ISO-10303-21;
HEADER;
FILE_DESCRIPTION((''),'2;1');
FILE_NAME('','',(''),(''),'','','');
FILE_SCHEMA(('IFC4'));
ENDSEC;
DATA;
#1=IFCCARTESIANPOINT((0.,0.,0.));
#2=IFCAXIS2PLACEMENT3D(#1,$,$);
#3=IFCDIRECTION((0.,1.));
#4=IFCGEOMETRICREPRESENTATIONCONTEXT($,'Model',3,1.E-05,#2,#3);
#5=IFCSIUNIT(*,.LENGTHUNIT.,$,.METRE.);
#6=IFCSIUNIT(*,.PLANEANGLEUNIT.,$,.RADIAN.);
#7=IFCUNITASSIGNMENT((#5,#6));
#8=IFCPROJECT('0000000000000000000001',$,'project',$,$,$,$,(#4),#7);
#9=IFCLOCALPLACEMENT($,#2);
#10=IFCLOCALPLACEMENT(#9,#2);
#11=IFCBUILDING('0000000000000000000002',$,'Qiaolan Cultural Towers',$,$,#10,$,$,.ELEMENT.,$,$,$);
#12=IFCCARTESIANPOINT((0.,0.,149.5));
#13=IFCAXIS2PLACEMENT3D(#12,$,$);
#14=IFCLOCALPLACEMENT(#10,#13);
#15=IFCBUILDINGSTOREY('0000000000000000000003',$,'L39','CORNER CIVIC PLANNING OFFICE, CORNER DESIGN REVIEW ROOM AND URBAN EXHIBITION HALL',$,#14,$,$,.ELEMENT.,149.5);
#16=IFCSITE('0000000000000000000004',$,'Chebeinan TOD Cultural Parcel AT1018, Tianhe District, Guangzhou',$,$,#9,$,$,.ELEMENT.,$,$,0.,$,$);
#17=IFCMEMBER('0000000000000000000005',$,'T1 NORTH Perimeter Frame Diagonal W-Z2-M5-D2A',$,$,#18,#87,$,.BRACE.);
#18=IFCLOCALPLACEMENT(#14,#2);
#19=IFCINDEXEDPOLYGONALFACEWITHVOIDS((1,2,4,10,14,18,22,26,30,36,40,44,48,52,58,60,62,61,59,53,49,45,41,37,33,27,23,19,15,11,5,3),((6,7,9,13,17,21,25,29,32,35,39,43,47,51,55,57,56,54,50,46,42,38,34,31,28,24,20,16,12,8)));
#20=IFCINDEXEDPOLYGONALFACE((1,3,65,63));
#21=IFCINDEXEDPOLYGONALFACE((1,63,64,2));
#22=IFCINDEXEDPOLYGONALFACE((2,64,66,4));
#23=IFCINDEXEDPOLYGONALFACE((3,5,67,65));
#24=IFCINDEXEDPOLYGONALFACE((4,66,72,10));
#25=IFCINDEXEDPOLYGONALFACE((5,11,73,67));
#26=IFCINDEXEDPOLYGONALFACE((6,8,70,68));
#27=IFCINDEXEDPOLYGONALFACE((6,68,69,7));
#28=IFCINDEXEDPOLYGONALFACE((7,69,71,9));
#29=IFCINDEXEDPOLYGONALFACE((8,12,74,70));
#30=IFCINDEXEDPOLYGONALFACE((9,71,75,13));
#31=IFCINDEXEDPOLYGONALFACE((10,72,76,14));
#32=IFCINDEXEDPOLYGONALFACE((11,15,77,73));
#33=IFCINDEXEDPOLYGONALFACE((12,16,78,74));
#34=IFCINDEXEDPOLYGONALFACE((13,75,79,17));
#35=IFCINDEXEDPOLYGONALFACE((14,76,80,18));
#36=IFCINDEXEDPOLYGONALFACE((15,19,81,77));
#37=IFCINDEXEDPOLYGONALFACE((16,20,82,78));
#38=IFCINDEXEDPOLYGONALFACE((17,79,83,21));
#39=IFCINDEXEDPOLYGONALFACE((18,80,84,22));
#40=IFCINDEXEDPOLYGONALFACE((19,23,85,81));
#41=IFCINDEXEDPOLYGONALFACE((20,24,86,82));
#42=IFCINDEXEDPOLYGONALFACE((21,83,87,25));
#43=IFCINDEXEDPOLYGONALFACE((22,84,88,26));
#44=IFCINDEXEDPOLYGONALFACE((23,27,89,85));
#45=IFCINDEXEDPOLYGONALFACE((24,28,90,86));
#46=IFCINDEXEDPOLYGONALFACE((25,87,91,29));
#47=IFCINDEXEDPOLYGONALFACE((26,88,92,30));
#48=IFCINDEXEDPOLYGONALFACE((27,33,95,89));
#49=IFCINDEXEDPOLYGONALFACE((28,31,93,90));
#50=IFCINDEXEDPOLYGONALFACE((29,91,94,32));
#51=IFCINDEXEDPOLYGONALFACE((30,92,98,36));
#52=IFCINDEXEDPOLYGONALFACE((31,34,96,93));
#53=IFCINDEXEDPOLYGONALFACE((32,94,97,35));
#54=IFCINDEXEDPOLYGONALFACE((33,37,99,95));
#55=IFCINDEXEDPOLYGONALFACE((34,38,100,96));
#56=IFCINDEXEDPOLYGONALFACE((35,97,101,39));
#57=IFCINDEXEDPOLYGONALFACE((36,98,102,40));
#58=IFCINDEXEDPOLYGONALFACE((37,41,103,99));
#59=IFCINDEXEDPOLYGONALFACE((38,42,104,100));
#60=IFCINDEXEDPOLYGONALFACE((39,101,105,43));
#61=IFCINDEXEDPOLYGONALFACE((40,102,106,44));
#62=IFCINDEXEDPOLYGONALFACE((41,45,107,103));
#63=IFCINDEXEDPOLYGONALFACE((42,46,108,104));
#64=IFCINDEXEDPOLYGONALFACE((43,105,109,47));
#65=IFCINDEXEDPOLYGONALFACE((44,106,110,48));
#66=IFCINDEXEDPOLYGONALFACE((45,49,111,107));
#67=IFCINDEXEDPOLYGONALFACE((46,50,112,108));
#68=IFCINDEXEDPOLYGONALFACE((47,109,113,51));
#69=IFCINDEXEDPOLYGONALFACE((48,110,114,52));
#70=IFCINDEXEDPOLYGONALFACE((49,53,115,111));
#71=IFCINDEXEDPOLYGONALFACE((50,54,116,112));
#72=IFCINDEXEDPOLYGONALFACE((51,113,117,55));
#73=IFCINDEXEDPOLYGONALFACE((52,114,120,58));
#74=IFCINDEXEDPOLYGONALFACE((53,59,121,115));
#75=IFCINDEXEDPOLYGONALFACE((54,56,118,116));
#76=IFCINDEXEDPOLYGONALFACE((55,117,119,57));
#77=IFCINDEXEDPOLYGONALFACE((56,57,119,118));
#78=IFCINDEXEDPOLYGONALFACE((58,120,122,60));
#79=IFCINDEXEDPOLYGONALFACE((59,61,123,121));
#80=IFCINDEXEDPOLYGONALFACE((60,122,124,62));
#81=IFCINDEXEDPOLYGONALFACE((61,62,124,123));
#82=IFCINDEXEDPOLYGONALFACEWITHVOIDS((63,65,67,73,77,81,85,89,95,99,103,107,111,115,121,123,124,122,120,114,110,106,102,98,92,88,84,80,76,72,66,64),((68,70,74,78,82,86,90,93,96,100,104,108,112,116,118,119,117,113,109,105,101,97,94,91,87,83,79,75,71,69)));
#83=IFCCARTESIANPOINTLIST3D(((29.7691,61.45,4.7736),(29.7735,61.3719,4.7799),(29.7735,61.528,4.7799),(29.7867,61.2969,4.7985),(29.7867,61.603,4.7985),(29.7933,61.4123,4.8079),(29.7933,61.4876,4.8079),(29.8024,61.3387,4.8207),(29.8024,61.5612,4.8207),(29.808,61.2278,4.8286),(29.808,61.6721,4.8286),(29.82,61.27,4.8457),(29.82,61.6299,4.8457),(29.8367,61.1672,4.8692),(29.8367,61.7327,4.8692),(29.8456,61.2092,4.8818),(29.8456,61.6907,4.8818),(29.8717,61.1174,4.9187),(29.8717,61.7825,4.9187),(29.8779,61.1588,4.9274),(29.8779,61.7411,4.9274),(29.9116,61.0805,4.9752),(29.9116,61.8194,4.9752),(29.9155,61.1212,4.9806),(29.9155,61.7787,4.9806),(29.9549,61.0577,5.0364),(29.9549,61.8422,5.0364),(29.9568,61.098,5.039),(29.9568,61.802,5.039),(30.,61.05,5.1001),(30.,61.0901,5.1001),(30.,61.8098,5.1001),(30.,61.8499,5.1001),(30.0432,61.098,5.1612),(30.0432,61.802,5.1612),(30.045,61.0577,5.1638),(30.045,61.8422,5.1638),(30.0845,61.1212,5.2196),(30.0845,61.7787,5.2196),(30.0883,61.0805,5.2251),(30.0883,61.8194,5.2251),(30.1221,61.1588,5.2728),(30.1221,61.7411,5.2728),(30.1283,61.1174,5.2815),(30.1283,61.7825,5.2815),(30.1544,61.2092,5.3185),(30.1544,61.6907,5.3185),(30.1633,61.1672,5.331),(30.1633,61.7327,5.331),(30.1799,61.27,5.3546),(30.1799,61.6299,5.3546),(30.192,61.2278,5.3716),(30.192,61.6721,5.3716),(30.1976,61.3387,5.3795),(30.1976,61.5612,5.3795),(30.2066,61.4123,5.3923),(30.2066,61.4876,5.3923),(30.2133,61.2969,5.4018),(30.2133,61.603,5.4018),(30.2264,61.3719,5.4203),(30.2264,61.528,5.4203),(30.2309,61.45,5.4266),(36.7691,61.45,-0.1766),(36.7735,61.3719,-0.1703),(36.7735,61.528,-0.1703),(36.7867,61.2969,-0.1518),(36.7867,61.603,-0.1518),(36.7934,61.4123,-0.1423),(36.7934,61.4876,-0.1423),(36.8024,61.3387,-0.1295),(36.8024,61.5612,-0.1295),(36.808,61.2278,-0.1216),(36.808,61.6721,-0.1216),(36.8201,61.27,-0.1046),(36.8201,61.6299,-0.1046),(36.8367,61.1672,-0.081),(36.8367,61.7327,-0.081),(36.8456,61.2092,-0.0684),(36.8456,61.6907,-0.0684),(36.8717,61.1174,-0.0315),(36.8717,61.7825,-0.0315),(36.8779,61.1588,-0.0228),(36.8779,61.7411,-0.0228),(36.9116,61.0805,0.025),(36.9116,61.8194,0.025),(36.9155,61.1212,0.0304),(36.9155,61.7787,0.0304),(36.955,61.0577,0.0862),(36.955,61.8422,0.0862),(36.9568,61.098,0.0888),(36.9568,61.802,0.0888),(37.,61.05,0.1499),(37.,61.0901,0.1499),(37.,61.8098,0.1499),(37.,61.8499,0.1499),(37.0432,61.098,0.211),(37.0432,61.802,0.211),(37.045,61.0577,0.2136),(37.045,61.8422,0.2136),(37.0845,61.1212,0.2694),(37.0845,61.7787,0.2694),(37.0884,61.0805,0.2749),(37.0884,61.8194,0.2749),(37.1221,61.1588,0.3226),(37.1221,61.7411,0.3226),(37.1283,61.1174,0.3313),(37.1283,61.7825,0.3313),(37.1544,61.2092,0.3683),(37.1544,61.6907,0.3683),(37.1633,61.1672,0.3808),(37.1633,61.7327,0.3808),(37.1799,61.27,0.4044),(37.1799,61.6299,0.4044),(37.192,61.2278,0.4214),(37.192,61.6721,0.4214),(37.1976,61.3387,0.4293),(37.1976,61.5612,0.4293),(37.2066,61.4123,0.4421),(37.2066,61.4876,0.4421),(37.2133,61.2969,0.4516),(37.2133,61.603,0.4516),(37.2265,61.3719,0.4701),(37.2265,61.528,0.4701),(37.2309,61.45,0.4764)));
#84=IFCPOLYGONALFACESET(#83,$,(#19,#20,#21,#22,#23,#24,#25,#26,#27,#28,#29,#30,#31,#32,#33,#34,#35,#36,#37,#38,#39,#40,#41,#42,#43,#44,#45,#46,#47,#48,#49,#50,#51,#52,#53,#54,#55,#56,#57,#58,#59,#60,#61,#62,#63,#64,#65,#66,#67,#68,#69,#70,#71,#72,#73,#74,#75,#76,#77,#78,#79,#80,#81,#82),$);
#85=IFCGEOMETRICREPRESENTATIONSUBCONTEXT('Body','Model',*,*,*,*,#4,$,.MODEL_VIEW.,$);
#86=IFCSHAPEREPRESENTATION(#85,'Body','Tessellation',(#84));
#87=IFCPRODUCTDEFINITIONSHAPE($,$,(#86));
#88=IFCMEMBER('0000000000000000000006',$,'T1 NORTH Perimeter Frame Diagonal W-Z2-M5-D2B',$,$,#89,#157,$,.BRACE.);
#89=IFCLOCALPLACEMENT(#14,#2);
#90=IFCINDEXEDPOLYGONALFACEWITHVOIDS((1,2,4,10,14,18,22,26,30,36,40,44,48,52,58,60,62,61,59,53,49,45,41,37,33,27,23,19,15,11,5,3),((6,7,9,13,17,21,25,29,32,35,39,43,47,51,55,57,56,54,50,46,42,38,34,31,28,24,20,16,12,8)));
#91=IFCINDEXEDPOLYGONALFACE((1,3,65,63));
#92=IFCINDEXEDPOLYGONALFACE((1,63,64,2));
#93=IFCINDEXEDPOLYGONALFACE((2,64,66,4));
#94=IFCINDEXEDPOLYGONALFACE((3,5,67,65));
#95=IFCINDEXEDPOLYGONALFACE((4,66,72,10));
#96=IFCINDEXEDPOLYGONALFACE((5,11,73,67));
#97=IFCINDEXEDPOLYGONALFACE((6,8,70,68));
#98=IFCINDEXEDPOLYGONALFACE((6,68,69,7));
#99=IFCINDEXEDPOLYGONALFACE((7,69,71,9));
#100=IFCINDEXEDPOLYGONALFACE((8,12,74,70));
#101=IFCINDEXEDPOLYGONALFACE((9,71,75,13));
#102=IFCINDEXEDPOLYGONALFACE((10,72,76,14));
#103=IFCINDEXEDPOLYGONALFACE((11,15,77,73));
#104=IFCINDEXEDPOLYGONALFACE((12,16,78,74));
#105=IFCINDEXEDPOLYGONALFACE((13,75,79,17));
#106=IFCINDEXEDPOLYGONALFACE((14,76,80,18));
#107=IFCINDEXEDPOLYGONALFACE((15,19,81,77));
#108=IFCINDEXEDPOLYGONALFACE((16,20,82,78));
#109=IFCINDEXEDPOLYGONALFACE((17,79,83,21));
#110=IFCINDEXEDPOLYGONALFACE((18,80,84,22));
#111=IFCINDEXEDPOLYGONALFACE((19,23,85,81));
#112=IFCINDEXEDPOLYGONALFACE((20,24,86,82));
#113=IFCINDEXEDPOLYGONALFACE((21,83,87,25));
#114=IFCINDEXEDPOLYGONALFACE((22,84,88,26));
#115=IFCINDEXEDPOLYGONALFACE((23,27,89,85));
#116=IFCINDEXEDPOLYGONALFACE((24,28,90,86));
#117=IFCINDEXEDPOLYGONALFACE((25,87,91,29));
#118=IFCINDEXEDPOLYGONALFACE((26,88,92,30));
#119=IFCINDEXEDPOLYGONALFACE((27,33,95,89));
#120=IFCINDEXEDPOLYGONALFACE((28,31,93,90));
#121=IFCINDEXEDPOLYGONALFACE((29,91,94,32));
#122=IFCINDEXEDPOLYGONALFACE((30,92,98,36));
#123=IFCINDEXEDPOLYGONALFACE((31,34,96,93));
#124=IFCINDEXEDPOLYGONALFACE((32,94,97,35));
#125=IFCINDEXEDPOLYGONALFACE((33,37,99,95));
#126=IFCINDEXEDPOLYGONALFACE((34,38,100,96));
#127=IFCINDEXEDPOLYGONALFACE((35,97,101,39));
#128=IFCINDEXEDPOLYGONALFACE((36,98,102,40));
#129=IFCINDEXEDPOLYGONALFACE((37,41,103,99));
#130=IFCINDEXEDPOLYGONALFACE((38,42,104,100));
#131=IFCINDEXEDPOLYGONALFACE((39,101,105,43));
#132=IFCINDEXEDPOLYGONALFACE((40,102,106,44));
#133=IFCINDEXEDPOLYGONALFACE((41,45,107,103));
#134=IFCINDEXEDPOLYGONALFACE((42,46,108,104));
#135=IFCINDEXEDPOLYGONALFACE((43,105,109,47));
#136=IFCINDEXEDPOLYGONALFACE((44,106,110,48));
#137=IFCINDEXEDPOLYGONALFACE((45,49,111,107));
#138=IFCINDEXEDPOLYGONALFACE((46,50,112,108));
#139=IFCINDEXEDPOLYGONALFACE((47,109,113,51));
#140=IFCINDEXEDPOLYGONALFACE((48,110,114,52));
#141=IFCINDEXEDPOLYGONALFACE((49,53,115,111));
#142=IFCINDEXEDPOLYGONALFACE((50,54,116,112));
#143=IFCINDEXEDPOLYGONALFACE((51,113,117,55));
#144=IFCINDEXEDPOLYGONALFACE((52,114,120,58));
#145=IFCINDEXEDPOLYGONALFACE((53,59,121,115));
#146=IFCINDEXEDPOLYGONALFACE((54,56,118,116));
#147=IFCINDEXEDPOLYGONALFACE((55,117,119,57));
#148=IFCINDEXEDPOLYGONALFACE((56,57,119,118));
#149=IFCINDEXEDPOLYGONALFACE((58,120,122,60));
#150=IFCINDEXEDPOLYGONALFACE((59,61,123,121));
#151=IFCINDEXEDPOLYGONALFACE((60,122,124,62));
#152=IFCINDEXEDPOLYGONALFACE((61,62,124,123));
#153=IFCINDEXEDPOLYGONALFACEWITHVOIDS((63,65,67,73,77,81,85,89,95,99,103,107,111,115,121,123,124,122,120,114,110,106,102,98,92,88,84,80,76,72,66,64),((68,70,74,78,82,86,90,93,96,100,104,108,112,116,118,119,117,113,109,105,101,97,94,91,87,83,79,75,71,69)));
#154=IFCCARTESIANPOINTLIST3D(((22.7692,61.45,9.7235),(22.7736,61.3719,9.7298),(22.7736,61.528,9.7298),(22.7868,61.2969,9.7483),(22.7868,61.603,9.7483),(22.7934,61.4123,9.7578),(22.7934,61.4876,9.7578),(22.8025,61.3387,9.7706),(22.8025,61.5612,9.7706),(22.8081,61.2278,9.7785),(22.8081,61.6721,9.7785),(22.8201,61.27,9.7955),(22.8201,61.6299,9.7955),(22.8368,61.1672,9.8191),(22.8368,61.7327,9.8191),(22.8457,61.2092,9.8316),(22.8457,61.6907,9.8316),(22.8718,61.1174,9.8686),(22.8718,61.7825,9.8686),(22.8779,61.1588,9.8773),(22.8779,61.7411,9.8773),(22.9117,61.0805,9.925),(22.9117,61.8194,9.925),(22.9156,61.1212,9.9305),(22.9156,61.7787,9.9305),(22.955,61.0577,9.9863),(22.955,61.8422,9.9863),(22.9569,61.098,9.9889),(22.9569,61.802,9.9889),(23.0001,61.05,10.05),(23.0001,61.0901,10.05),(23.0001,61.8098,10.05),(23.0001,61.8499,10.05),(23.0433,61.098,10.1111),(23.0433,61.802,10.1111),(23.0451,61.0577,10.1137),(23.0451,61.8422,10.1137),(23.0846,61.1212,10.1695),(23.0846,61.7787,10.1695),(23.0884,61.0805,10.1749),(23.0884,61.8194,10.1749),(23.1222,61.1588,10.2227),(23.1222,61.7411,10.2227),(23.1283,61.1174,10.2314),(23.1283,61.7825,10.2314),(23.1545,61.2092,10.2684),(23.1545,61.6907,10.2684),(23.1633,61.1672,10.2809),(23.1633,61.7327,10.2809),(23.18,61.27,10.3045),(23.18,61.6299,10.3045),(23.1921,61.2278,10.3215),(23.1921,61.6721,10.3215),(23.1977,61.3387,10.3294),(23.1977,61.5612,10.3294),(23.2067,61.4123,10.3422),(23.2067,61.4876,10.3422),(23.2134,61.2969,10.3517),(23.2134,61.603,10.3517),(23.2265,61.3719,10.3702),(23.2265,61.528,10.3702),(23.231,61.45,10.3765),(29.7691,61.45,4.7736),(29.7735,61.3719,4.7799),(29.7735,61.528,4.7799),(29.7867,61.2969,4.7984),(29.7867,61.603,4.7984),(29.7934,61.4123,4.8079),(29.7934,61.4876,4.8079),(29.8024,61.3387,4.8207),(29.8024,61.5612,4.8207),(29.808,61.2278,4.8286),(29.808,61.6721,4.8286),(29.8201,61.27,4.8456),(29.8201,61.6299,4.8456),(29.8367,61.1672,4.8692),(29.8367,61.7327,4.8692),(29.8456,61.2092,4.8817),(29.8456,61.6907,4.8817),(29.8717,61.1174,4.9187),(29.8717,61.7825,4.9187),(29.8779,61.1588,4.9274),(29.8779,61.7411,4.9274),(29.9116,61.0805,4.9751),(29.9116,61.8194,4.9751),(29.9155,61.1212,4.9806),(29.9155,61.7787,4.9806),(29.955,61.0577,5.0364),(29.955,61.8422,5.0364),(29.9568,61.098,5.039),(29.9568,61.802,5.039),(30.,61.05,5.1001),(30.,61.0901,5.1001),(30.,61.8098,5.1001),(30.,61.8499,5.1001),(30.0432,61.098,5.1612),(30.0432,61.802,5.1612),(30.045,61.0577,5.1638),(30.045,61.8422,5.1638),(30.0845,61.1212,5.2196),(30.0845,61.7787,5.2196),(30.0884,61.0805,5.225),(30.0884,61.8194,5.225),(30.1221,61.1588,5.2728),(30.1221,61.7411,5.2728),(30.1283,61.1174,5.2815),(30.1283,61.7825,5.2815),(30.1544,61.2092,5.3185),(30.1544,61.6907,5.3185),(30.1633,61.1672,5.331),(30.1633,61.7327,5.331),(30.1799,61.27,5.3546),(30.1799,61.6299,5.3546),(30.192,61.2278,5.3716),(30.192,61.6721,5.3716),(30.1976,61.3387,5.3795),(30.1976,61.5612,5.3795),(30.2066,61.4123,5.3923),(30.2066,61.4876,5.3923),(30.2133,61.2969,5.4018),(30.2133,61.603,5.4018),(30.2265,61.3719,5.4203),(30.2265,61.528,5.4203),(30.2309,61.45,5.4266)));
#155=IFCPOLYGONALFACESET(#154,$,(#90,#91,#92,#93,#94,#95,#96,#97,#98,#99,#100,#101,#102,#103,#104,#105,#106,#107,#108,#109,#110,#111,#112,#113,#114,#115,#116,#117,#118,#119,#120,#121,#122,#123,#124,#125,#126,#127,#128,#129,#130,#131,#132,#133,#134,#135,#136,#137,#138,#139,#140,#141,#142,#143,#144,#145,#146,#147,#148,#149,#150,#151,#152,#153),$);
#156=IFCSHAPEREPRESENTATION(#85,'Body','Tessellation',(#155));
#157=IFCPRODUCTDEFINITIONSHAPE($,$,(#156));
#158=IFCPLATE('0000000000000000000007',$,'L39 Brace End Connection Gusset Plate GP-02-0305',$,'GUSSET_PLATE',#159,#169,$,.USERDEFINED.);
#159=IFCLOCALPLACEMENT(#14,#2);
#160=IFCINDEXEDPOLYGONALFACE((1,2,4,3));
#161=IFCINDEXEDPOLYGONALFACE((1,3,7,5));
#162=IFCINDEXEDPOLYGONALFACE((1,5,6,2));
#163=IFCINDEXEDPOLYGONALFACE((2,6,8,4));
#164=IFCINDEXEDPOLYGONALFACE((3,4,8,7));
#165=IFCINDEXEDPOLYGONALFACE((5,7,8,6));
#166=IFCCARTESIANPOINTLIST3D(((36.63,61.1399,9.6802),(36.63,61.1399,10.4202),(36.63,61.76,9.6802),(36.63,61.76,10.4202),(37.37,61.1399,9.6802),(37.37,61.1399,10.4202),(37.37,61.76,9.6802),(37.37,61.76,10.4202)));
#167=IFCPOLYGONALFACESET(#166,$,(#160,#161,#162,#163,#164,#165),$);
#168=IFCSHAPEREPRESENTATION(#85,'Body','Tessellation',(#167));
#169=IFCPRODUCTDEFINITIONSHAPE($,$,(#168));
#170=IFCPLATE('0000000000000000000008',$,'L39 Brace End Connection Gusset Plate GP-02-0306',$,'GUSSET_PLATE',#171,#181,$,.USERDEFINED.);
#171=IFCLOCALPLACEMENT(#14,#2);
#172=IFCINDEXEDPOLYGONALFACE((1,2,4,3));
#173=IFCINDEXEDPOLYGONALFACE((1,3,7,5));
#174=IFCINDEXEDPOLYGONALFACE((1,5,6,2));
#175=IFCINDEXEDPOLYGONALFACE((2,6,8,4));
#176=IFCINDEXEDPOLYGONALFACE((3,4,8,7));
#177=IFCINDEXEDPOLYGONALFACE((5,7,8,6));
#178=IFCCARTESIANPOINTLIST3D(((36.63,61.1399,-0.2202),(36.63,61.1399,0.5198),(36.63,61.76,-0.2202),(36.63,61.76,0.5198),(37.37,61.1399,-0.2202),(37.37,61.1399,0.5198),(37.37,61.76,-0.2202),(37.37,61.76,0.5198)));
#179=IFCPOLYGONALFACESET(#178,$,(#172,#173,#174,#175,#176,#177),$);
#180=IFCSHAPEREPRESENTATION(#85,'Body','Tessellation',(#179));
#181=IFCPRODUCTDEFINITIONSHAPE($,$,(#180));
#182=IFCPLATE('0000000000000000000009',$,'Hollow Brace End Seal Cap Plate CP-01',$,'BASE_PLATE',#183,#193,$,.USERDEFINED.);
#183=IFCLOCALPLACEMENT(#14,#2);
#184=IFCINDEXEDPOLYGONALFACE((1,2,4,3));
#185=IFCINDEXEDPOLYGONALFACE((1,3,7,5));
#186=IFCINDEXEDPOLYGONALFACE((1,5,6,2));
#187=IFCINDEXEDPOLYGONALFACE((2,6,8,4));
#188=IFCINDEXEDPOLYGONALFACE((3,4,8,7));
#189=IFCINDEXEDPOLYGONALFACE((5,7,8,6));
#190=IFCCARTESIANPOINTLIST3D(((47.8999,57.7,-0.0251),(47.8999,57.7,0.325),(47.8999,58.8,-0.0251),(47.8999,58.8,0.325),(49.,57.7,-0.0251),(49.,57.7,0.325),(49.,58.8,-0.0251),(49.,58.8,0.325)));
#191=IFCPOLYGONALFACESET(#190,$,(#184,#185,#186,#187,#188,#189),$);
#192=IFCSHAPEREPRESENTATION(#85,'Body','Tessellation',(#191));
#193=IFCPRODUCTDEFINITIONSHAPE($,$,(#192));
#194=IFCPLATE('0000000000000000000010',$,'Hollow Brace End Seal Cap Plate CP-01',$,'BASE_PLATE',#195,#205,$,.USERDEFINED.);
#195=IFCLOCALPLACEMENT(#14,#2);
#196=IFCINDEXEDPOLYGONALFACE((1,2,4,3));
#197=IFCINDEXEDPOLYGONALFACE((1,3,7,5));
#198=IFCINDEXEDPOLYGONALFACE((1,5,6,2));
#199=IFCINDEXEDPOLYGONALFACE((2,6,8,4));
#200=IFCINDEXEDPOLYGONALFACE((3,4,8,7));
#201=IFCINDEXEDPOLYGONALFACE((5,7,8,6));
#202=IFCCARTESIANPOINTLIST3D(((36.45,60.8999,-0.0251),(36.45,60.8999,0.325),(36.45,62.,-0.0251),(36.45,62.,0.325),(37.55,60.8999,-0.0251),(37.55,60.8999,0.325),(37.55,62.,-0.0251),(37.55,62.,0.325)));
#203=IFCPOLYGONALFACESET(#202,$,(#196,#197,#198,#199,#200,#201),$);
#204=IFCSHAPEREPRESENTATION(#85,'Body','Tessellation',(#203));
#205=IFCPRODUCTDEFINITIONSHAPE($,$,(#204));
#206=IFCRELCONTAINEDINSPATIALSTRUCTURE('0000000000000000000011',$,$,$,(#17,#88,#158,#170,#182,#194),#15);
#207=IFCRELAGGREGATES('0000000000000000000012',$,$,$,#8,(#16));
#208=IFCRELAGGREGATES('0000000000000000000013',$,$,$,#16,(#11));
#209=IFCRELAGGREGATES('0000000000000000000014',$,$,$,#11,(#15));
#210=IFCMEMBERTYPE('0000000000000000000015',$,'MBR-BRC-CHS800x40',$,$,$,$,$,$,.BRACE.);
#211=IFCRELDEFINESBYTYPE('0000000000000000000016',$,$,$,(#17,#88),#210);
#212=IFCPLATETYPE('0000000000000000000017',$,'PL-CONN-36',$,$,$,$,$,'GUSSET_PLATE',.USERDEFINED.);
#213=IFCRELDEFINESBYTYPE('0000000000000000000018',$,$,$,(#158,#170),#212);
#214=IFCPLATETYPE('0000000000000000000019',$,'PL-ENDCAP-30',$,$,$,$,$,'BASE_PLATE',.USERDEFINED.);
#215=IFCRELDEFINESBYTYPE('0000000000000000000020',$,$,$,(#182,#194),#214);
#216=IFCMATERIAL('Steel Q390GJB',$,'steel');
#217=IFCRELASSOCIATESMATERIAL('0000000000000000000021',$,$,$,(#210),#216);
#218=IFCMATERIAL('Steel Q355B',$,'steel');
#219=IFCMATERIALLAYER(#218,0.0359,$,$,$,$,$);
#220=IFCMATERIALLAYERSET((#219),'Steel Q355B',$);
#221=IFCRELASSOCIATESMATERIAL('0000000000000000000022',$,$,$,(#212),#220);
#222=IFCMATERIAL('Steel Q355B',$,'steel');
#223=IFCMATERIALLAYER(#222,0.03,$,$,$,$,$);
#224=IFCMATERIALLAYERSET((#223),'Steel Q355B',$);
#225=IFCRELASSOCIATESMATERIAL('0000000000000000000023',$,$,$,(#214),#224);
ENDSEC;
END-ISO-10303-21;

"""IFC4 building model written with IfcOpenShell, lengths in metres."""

from ifc_helpers import new_model, si_unit, direction, frame, origin, origin_2d, place, context, subcontext, project, spatial, rectangle, hollow_circle, extrude, material, layer, layer_set, material_profile, profile_set, type_object, element, save


model = new_model("IFC4")

# Units and contexts
model_context = context("Model", 3, precision=1e-05, world=origin(), true_north=direction((0.0, 1.0)))
body_context = subcontext(model_context, "Body", "Model", "MODEL_VIEW")
ifc_project = project(units=[si_unit("LENGTHUNIT", "METRE"), si_unit("PLANEANGLEUNIT", "RADIAN")], contexts=[model_context])

# Site, building, storey
site_placement = place(None, origin())
site = spatial("IfcSite", under=ifc_project, at=site_placement, Name="Chebeinan TOD Cultural Parcel AT1018, Tianhe District, Guangzhou", CompositionType="ELEMENT", RefElevation=0.0)
building_placement = place(site_placement, origin())
building = spatial("IfcBuilding", under=site, at=building_placement, Name="Qiaolan Cultural Towers", CompositionType="ELEMENT")
storey_placement = place(building_placement, frame((0.0, 0.0, 149.5)))
storey = spatial("IfcBuildingStorey", under=building, at=storey_placement, Name="L39", Description="CORNER CIVIC PLANNING OFFICE, CORNER DESIGN REVIEW ROOM AND URBAN EXHIBITION HALL", CompositionType="ELEMENT", Elevation=149.5)

# Members
ifc_material_1 = material(Name="Steel Q390GJB", Category="steel")
ifc_material_profile_1 = material_profile(ifc_material_1, hollow_circle(Radius=0.3999, WallThickness=0.04, at=origin_2d()), Name="CHS800x40")
ifc_profile_set_1 = profile_set([ifc_material_profile_1], Name="Steel Q390GJB")
member_type = type_object("IfcMemberType", Name="MBR-BRC-CHS800x40", PredefinedType="BRACE", material=ifc_profile_set_1)
member_1_placement = place(storey_placement, frame((37.0, 61.45, 0.1499), z_axis=(-0.816472, 0.0, 0.577385), x_axis=(0.0, -1.0, 0.0)))
element("IfcMember", 1, at=member_1_placement, inside=storey, type_object=member_type, Name="T1 NORTH Perimeter Frame Diagonal W-Z2-M5-D2A", PredefinedType="BRACE", context=body_context, shape_type="SweptSolid", body=[
    extrude(hollow_circle(Radius=0.3999, WallThickness=0.04, at=origin_2d()), origin(), (0.0, 0.0, 1.0), 8.5735),
])
member_2_placement = place(storey_placement, frame((30.0, 61.45, 5.1001), z_axis=(-0.816485, 0.0, 0.577366), x_axis=(0.0, -1.0, 0.0)))
element("IfcMember", 2, at=member_2_placement, inside=storey, type_object=member_type, Name="T1 NORTH Perimeter Frame Diagonal W-Z2-M5-D2B", PredefinedType="BRACE", context=body_context, shape_type="SweptSolid", body=[
    extrude(hollow_circle(Radius=0.3999, WallThickness=0.04, at=origin_2d()), origin(), (0.0, 0.0, 1.0), 8.5732),
])

# Plates
ifc_material_2 = material(Name="Steel Q355B", Category="steel")
ifc_layer_1 = layer(ifc_material_2, 0.0359)
ifc_layer_set_1 = layer_set([ifc_layer_1], Name="Steel Q355B")
plate_type_1 = type_object("IfcPlateType", Name="PL-CONN-36", ElementType="GUSSET_PLATE", PredefinedType="USERDEFINED", material=ifc_layer_set_1)
for number, where, z_axis, x_axis, name in (
    (3, (37.0, 61.45, 9.6802), (0.0, 0.0, 1.0), (1.0, 0.0, 0.0), "L39 Brace End Connection Gusset Plate GP-02-0305"),
    (4, (37.0, 61.45, -0.2202), (0.0, 0.0, 1.0), (1.0, 0.0, 0.0), "L39 Brace End Connection Gusset Plate GP-02-0306"),
):
    element("IfcPlate", number, at=place(storey_placement, frame(where, z_axis=z_axis, x_axis=x_axis)), inside=storey, type_object=plate_type_1, Name=name, ObjectType="GUSSET_PLATE", PredefinedType="USERDEFINED", context=body_context, shape_type="SweptSolid", body=[
        extrude(rectangle(XDim=0.74, YDim=0.6201, at=origin_2d()), origin(), (0.0, 0.0, 1.0), 0.74),
    ])
ifc_material_3 = material(Name="Steel Q355B", Category="steel")
ifc_layer_2 = layer(ifc_material_3, 0.03)
ifc_layer_set_2 = layer_set([ifc_layer_2], Name="Steel Q355B")
plate_type_2 = type_object("IfcPlateType", Name="PL-ENDCAP-30", ElementType="BASE_PLATE", PredefinedType="USERDEFINED", material=ifc_layer_set_2)
for number, where, z_axis, x_axis, name in (
    (5, (48.45, 58.25, -0.0251), (0.0, 0.0, 1.0), (0.0, 1.0, 0.0), "Hollow Brace End Seal Cap Plate CP-01"),
    (6, (37.0, 61.45, -0.0251), (0.0, 0.0, 1.0), (1.0, 0.0, 0.0), "Hollow Brace End Seal Cap Plate CP-01"),
):
    element("IfcPlate", number, at=place(storey_placement, frame(where, z_axis=z_axis, x_axis=x_axis)), inside=storey, type_object=plate_type_2, Name=name, ObjectType="BASE_PLATE", PredefinedType="USERDEFINED", context=body_context, shape_type="SweptSolid", body=[
        extrude(rectangle(XDim=1.1001, YDim=1.1001, at=origin_2d()), origin(), (0.0, 0.0, 1.0), 0.3501),
    ])

save(model, "model.ifc")
